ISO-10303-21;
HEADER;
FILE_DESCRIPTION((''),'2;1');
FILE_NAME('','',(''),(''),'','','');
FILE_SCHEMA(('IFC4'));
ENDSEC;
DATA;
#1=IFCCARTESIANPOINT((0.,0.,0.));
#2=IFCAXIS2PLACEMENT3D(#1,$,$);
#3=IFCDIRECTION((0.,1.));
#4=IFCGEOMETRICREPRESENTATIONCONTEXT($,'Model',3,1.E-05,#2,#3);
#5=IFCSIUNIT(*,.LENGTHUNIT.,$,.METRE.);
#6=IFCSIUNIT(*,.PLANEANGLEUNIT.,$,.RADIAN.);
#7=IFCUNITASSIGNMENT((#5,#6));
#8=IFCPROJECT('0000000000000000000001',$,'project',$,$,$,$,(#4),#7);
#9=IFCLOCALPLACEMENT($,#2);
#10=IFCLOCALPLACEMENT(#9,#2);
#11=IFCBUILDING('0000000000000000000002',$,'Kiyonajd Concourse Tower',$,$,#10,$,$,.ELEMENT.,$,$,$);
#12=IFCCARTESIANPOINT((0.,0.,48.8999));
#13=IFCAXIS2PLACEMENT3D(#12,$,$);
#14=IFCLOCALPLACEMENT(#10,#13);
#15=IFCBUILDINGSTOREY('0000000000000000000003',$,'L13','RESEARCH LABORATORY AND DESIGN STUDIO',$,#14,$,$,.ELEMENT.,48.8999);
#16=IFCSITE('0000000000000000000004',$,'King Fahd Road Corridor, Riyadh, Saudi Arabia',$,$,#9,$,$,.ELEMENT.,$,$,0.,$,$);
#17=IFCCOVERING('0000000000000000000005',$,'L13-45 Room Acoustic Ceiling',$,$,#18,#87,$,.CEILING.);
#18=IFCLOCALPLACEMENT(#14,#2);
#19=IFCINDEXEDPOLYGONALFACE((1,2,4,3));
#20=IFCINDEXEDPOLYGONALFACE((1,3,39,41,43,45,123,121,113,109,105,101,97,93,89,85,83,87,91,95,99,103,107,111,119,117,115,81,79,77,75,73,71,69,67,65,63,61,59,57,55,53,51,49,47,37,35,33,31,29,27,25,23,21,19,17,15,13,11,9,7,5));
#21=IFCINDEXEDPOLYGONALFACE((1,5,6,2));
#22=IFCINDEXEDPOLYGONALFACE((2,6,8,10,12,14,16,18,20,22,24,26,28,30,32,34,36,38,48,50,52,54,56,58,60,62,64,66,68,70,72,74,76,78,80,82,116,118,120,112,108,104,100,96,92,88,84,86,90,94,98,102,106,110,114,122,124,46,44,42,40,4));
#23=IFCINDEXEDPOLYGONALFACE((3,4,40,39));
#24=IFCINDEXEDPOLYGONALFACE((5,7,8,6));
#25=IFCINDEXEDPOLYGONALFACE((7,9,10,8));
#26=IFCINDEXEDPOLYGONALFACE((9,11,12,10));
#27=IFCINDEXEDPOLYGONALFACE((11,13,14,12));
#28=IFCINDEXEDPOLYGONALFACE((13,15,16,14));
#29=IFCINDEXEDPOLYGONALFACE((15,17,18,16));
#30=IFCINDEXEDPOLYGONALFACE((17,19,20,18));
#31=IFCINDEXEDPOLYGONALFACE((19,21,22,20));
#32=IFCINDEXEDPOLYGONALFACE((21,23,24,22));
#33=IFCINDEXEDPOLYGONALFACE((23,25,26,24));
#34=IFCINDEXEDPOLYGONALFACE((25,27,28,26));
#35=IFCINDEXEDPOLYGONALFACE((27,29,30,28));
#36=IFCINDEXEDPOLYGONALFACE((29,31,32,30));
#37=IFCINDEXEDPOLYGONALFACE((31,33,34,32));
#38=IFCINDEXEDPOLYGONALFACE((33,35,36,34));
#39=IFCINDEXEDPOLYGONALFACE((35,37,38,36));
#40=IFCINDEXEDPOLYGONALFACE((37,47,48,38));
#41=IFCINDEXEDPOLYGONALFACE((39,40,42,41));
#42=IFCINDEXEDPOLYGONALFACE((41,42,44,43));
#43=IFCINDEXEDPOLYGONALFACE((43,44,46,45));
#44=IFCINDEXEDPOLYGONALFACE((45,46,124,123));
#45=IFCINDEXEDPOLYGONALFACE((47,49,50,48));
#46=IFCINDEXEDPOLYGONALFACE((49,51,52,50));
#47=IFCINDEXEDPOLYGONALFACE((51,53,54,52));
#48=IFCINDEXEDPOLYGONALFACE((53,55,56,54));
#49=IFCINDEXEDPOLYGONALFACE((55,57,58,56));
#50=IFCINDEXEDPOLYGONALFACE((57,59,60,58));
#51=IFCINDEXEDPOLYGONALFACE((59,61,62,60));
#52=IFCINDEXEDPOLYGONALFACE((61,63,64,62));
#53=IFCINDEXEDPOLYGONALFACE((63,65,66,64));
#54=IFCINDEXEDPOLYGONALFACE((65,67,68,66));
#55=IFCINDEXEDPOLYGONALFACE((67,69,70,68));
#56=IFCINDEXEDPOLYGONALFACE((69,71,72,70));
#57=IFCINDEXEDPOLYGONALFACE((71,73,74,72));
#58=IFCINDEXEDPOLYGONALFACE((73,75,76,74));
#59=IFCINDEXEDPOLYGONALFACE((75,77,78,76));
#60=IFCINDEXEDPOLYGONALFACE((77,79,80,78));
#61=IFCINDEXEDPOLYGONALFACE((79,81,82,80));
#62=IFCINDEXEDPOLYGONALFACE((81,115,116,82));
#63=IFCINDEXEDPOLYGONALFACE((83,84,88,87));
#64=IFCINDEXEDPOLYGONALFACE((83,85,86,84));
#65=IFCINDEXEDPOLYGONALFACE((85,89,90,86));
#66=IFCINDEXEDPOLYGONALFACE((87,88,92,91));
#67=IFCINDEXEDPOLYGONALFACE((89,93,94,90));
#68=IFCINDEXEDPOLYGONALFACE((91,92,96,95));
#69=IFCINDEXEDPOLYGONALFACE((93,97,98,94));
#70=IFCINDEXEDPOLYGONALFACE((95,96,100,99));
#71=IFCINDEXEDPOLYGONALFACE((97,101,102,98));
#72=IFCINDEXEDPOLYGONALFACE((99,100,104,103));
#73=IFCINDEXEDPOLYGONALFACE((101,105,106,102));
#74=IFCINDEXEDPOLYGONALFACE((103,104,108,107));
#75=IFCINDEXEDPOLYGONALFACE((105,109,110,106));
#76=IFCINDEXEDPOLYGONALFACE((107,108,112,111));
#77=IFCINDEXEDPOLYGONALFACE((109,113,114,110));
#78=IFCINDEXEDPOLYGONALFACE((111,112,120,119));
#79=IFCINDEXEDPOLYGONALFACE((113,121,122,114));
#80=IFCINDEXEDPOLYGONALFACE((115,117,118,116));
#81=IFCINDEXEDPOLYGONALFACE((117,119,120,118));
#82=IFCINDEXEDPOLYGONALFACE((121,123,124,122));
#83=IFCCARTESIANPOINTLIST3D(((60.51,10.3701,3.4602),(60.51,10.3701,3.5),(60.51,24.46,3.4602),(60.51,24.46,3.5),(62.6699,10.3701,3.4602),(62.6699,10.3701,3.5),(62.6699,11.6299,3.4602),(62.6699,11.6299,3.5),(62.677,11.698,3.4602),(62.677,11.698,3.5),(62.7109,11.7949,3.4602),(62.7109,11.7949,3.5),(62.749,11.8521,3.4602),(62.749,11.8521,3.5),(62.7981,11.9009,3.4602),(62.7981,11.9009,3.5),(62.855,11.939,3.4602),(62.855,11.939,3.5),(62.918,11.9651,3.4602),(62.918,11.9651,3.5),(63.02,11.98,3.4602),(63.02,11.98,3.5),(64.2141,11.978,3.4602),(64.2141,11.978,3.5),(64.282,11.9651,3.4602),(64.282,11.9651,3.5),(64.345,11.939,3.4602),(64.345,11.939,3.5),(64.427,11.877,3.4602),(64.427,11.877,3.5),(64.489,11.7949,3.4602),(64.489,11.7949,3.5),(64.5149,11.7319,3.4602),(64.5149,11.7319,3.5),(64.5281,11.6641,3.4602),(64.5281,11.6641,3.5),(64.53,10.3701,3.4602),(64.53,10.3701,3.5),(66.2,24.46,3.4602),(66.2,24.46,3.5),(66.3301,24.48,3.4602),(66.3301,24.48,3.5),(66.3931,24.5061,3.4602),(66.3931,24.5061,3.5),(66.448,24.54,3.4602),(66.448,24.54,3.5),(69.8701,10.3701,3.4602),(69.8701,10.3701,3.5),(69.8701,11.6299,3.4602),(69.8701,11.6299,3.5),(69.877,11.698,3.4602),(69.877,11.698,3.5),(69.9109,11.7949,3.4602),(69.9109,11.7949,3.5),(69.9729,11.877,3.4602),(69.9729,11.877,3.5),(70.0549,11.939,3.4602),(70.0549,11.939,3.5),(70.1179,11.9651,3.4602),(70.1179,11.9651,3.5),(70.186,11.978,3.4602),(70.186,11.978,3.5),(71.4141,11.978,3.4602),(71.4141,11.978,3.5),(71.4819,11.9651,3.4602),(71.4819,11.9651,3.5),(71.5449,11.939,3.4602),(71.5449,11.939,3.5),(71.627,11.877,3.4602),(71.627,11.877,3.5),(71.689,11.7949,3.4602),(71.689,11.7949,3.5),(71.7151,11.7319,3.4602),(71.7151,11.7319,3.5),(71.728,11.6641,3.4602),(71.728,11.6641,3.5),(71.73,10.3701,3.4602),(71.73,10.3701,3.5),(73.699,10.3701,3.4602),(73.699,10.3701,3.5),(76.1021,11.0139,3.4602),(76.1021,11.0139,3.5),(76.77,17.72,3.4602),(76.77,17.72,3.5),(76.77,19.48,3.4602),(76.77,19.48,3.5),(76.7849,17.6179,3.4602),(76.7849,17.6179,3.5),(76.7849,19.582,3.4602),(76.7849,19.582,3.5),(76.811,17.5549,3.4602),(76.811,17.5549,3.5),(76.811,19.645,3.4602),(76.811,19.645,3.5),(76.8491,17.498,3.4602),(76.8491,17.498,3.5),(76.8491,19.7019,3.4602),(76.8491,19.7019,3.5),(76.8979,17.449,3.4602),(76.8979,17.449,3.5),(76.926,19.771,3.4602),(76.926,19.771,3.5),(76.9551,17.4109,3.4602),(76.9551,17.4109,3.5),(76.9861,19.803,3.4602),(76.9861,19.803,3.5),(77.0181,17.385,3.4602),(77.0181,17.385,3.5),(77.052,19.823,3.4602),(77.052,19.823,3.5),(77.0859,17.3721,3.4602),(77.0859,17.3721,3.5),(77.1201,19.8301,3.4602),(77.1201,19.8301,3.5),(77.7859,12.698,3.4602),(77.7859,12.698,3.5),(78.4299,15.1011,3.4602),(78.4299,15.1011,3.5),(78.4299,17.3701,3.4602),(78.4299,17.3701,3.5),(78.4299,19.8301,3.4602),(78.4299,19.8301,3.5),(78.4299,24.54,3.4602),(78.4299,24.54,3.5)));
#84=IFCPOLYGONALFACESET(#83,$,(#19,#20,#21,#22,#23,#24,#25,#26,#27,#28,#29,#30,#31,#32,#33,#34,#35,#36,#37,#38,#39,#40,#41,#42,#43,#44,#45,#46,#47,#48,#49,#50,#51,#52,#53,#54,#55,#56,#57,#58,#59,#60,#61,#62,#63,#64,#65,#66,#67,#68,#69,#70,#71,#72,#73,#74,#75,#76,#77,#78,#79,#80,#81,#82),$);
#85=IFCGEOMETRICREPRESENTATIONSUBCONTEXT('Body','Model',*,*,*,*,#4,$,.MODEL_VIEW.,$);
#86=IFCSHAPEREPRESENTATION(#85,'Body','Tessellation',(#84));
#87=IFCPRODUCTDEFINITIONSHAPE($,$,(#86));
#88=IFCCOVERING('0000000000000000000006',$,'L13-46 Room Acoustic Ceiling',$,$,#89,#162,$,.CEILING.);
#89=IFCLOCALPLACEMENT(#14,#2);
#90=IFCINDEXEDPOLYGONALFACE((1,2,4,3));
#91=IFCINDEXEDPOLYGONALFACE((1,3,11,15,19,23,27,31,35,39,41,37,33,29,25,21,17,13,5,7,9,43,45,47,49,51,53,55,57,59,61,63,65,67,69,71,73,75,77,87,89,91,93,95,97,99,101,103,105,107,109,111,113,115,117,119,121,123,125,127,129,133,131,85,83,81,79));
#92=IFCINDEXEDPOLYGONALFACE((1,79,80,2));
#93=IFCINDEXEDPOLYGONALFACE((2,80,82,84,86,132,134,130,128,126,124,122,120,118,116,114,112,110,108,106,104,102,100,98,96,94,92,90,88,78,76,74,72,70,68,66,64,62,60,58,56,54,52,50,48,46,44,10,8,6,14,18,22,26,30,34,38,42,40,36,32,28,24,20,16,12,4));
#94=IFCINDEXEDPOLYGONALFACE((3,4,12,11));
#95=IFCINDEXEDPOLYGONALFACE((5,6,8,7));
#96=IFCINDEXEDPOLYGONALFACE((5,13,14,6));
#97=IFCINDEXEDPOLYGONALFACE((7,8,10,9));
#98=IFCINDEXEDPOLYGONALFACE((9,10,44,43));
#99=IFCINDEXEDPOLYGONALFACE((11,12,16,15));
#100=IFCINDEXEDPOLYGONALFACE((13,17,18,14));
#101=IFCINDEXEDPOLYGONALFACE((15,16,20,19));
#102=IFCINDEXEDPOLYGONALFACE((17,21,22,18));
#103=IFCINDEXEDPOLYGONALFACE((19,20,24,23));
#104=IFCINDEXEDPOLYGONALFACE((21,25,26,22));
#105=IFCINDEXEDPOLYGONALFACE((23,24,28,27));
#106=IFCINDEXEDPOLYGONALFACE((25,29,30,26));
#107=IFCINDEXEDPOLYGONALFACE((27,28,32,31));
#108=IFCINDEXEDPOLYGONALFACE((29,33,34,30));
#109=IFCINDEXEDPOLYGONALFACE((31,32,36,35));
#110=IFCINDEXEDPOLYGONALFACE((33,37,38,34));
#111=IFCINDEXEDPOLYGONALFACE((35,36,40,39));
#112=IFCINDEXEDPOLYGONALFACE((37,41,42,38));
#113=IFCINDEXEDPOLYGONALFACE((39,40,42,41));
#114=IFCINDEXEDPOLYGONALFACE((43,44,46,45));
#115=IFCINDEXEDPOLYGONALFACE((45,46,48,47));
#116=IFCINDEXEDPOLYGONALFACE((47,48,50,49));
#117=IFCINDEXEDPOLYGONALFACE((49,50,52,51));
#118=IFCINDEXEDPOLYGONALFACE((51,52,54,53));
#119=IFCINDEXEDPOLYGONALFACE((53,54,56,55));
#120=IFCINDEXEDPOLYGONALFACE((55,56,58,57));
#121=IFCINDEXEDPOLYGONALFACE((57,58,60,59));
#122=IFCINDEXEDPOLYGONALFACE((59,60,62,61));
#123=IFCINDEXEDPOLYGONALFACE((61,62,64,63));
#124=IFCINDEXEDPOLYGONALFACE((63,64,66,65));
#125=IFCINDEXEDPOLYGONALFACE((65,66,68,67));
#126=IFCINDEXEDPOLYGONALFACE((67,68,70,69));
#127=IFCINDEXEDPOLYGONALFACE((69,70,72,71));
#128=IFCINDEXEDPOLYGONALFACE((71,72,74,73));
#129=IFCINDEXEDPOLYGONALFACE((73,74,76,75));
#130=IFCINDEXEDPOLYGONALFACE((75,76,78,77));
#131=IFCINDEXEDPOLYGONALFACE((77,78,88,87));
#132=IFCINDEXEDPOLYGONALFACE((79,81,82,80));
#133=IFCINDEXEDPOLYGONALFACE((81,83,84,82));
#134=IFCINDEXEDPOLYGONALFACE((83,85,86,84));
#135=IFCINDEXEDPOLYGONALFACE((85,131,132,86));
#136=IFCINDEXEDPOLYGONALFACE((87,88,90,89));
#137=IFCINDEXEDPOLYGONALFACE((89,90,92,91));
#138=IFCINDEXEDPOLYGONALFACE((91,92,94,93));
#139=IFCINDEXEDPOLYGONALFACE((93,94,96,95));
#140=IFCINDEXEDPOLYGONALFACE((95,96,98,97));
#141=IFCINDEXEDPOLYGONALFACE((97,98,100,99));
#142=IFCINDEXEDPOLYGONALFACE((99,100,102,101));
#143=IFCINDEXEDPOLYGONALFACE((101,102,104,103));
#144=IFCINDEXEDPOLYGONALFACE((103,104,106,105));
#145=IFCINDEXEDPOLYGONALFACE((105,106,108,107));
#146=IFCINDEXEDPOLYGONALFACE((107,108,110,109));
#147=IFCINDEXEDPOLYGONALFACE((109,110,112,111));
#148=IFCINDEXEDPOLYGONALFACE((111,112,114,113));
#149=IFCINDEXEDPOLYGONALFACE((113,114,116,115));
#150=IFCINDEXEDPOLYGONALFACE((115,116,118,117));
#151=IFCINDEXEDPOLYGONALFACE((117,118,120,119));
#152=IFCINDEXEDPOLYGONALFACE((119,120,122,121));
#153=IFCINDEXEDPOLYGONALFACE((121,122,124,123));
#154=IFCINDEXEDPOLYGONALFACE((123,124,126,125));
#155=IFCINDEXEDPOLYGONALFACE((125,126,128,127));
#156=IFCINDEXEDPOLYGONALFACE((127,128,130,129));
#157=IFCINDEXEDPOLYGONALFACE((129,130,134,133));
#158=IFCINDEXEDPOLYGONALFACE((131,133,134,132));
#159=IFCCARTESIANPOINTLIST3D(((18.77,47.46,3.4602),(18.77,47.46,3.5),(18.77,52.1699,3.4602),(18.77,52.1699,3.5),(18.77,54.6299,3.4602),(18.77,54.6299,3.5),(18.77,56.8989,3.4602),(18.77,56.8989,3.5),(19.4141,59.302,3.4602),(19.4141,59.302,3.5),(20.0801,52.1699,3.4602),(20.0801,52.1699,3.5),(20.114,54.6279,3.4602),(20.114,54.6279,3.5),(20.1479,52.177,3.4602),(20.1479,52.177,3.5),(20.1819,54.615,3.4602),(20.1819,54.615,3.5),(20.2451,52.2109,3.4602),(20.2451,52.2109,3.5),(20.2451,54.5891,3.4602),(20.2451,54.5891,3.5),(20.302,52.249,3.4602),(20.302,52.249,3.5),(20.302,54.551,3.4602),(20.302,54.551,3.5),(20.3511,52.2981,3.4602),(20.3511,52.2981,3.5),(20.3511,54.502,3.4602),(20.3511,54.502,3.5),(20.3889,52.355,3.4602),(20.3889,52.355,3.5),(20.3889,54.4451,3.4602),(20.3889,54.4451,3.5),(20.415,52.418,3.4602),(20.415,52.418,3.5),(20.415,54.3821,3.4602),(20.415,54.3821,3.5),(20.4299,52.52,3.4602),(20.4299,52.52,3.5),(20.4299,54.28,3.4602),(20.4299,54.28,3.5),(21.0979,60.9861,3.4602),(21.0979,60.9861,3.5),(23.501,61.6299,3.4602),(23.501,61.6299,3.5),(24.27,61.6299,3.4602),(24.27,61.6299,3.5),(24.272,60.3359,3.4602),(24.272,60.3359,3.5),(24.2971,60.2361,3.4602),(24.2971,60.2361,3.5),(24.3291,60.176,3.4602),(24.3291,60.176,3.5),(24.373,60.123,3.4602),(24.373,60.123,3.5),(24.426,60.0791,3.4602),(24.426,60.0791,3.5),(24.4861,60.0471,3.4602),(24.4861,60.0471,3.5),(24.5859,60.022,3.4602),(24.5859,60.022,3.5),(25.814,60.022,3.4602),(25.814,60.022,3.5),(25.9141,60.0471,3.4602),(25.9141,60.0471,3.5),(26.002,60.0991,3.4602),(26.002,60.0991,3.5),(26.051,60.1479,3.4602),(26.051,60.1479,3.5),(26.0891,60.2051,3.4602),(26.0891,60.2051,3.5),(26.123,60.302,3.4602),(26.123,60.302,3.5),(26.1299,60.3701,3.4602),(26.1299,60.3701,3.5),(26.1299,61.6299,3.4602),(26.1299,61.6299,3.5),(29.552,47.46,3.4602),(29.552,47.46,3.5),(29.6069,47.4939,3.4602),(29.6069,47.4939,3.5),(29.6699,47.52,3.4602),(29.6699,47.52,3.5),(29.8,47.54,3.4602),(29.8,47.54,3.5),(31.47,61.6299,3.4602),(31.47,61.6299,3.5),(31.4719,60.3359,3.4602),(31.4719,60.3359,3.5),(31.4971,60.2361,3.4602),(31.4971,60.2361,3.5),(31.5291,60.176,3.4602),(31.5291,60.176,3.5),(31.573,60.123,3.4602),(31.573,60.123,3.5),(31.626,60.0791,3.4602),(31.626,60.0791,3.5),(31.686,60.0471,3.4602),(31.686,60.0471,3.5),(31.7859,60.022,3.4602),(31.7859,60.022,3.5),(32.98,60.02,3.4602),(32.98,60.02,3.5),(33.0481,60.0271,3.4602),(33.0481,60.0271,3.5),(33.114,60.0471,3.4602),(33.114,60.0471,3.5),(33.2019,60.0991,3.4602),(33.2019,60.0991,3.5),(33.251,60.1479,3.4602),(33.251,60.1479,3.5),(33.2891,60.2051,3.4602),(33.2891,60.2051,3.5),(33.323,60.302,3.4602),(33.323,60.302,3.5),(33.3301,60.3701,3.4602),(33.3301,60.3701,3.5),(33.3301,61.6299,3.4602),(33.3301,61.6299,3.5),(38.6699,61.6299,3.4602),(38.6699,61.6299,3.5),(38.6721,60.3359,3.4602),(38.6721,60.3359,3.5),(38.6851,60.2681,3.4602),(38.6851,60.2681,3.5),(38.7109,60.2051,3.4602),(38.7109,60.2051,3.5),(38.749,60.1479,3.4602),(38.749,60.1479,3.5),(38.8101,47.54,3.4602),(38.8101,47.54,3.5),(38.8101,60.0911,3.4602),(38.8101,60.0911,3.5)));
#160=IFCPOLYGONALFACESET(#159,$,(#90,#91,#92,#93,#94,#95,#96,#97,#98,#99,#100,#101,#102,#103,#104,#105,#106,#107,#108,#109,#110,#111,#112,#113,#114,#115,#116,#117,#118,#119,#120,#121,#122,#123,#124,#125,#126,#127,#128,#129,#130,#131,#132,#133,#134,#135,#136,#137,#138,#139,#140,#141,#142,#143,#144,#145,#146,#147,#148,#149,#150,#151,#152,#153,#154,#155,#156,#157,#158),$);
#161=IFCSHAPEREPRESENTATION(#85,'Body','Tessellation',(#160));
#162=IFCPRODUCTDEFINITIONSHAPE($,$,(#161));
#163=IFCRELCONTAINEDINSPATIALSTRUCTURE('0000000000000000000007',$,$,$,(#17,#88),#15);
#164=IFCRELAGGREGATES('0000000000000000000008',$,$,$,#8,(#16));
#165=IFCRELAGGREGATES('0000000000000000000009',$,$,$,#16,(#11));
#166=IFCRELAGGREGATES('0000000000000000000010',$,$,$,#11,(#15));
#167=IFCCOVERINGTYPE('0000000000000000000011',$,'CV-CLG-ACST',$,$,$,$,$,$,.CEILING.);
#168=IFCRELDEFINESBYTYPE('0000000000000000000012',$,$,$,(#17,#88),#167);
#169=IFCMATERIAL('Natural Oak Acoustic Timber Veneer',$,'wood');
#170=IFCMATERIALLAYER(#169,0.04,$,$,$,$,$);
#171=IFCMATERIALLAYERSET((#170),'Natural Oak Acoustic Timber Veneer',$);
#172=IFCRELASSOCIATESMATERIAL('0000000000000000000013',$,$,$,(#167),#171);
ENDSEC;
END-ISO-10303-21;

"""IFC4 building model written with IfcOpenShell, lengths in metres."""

from ifc_helpers import new_model, si_unit, direction, frame, origin, place, context, subcontext, project, spatial, polyline, outline, extrude, material, layer, layer_set, type_object, element, save


model = new_model("IFC4")

# Units and contexts
model_context = context("Model", 3, precision=1e-05, world=origin(), true_north=direction((0.0, 1.0)))
body_context = subcontext(model_context, "Body", "Model", "MODEL_VIEW")
ifc_project = project(units=[si_unit("LENGTHUNIT", "METRE"), si_unit("PLANEANGLEUNIT", "RADIAN")], contexts=[model_context])

# Site, building, storey
site_placement = place(None, origin())
site = spatial("IfcSite", under=ifc_project, at=site_placement, Name="King Fahd Road Corridor, Riyadh, Saudi Arabia", CompositionType="ELEMENT", RefElevation=0.0)
building_placement = place(site_placement, origin())
building = spatial("IfcBuilding", under=site, at=building_placement, Name="Kiyonajd Concourse Tower", CompositionType="ELEMENT")
storey_placement = place(building_placement, frame((0.0, 0.0, 48.8999)))
storey = spatial("IfcBuildingStorey", under=building, at=storey_placement, Name="L13", Description="RESEARCH LABORATORY AND DESIGN STUDIO", CompositionType="ELEMENT", Elevation=48.8999)

# Coverings
ifc_material_1 = material(Name="Natural Oak Acoustic Timber Veneer", Category="wood")
ifc_layer_1 = layer(ifc_material_1, 0.04)
ifc_layer_set_1 = layer_set([ifc_layer_1], Name="Natural Oak Acoustic Timber Veneer")
covering_type = type_object("IfcCoveringType", Name="CV-CLG-ACST", PredefinedType="CEILING", material=ifc_layer_set_1)
covering_1_placement = place(storey_placement, frame((0.0, 0.0, 3.4602)))
element("IfcCovering", 1, at=covering_1_placement, inside=storey, type_object=covering_type, Name="L13-45 Room Acoustic Ceiling", PredefinedType="CEILING", context=body_context, shape_type="SweptSolid", body=[
    extrude(outline(polyline([(66.448, 24.54), (78.4299, 24.54), (78.4299, 19.8301), (77.1201, 19.8301), (77.052, 19.823), (76.9861, 19.803), (76.926, 19.771), (76.8491, 19.7019), (76.811, 19.645), (76.7849, 19.582), (76.77, 19.48), (76.77, 17.72), (76.7849, 17.6179), (76.811, 17.5549), (76.8491, 17.498), (76.8979, 17.449), (76.9551, 17.4109), (77.0181, 17.385), (77.0859, 17.3721), (78.4299, 17.3701), (78.4299, 15.1011), (77.7859, 12.698), (76.1021, 11.0139), (73.699, 10.3701), (71.73, 10.3701), (71.728, 11.6641), (71.7151, 11.7319), (71.689, 11.7949), (71.627, 11.877), (71.5449, 11.939), (71.4819, 11.9651), (71.4141, 11.978), (70.186, 11.978), (70.1179, 11.9651), (70.0549, 11.939), (69.9729, 11.877), (69.9109, 11.7949), (69.877, 11.698), (69.8701, 11.6299), (69.8701, 10.3701), (64.53, 10.3701), (64.5281, 11.6641), (64.5149, 11.7319), (64.489, 11.7949), (64.427, 11.877), (64.345, 11.939), (64.282, 11.9651), (64.2141, 11.978), (63.02, 11.98), (62.918, 11.9651), (62.855, 11.939), (62.7981, 11.9009), (62.749, 11.8521), (62.7109, 11.7949), (62.677, 11.698), (62.6699, 11.6299), (62.6699, 10.3701), (60.51, 10.3701), (60.51, 24.46), (66.2, 24.46), (66.3301, 24.48), (66.3931, 24.5061), (66.448, 24.54)])), origin(), (0.0, 0.0, 1.0), 0.0398),
])
covering_2_placement = place(storey_placement, frame((0.0, 0.0, 3.4602)))
element("IfcCovering", 2, at=covering_2_placement, inside=storey, type_object=covering_type, Name="L13-46 Room Acoustic Ceiling", PredefinedType="CEILING", context=body_context, shape_type="SweptSolid", body=[
    extrude(outline(polyline([(21.0979, 60.9861), (23.501, 61.6299), (24.27, 61.6299), (24.272, 60.3359), (24.2971, 60.2361), (24.3291, 60.176), (24.373, 60.123), (24.426, 60.0791), (24.4861, 60.0471), (24.5859, 60.022), (25.814, 60.022), (25.9141, 60.0471), (26.002, 60.0991), (26.051, 60.1479), (26.0891, 60.2051), (26.123, 60.302), (26.1299, 60.3701), (26.1299, 61.6299), (31.47, 61.6299), (31.4719, 60.3359), (31.4971, 60.2361), (31.5291, 60.176), (31.573, 60.123), (31.626, 60.0791), (31.686, 60.0471), (31.7859, 60.022), (32.98, 60.02), (33.0481, 60.0271), (33.114, 60.0471), (33.2019, 60.0991), (33.251, 60.1479), (33.2891, 60.2051), (33.323, 60.302), (33.3301, 60.3701), (33.3301, 61.6299), (38.6699, 61.6299), (38.6721, 60.3359), (38.6851, 60.2681), (38.7109, 60.2051), (38.749, 60.1479), (38.8101, 60.0911), (38.8101, 47.54), (29.8, 47.54), (29.6699, 47.52), (29.6069, 47.4939), (29.552, 47.46), (18.77, 47.46), (18.77, 52.1699), (20.0801, 52.1699), (20.1479, 52.177), (20.2451, 52.2109), (20.302, 52.249), (20.3511, 52.2981), (20.3889, 52.355), (20.415, 52.418), (20.4299, 52.52), (20.4299, 54.28), (20.415, 54.3821), (20.3889, 54.4451), (20.3511, 54.502), (20.302, 54.551), (20.2451, 54.5891), (20.1819, 54.615), (20.114, 54.6279), (18.77, 54.6299), (18.77, 56.8989), (19.4141, 59.302), (21.0979, 60.9861)])), origin(), (0.0, 0.0, 1.0), 0.0398),
])

save(model, "model.ifc")
